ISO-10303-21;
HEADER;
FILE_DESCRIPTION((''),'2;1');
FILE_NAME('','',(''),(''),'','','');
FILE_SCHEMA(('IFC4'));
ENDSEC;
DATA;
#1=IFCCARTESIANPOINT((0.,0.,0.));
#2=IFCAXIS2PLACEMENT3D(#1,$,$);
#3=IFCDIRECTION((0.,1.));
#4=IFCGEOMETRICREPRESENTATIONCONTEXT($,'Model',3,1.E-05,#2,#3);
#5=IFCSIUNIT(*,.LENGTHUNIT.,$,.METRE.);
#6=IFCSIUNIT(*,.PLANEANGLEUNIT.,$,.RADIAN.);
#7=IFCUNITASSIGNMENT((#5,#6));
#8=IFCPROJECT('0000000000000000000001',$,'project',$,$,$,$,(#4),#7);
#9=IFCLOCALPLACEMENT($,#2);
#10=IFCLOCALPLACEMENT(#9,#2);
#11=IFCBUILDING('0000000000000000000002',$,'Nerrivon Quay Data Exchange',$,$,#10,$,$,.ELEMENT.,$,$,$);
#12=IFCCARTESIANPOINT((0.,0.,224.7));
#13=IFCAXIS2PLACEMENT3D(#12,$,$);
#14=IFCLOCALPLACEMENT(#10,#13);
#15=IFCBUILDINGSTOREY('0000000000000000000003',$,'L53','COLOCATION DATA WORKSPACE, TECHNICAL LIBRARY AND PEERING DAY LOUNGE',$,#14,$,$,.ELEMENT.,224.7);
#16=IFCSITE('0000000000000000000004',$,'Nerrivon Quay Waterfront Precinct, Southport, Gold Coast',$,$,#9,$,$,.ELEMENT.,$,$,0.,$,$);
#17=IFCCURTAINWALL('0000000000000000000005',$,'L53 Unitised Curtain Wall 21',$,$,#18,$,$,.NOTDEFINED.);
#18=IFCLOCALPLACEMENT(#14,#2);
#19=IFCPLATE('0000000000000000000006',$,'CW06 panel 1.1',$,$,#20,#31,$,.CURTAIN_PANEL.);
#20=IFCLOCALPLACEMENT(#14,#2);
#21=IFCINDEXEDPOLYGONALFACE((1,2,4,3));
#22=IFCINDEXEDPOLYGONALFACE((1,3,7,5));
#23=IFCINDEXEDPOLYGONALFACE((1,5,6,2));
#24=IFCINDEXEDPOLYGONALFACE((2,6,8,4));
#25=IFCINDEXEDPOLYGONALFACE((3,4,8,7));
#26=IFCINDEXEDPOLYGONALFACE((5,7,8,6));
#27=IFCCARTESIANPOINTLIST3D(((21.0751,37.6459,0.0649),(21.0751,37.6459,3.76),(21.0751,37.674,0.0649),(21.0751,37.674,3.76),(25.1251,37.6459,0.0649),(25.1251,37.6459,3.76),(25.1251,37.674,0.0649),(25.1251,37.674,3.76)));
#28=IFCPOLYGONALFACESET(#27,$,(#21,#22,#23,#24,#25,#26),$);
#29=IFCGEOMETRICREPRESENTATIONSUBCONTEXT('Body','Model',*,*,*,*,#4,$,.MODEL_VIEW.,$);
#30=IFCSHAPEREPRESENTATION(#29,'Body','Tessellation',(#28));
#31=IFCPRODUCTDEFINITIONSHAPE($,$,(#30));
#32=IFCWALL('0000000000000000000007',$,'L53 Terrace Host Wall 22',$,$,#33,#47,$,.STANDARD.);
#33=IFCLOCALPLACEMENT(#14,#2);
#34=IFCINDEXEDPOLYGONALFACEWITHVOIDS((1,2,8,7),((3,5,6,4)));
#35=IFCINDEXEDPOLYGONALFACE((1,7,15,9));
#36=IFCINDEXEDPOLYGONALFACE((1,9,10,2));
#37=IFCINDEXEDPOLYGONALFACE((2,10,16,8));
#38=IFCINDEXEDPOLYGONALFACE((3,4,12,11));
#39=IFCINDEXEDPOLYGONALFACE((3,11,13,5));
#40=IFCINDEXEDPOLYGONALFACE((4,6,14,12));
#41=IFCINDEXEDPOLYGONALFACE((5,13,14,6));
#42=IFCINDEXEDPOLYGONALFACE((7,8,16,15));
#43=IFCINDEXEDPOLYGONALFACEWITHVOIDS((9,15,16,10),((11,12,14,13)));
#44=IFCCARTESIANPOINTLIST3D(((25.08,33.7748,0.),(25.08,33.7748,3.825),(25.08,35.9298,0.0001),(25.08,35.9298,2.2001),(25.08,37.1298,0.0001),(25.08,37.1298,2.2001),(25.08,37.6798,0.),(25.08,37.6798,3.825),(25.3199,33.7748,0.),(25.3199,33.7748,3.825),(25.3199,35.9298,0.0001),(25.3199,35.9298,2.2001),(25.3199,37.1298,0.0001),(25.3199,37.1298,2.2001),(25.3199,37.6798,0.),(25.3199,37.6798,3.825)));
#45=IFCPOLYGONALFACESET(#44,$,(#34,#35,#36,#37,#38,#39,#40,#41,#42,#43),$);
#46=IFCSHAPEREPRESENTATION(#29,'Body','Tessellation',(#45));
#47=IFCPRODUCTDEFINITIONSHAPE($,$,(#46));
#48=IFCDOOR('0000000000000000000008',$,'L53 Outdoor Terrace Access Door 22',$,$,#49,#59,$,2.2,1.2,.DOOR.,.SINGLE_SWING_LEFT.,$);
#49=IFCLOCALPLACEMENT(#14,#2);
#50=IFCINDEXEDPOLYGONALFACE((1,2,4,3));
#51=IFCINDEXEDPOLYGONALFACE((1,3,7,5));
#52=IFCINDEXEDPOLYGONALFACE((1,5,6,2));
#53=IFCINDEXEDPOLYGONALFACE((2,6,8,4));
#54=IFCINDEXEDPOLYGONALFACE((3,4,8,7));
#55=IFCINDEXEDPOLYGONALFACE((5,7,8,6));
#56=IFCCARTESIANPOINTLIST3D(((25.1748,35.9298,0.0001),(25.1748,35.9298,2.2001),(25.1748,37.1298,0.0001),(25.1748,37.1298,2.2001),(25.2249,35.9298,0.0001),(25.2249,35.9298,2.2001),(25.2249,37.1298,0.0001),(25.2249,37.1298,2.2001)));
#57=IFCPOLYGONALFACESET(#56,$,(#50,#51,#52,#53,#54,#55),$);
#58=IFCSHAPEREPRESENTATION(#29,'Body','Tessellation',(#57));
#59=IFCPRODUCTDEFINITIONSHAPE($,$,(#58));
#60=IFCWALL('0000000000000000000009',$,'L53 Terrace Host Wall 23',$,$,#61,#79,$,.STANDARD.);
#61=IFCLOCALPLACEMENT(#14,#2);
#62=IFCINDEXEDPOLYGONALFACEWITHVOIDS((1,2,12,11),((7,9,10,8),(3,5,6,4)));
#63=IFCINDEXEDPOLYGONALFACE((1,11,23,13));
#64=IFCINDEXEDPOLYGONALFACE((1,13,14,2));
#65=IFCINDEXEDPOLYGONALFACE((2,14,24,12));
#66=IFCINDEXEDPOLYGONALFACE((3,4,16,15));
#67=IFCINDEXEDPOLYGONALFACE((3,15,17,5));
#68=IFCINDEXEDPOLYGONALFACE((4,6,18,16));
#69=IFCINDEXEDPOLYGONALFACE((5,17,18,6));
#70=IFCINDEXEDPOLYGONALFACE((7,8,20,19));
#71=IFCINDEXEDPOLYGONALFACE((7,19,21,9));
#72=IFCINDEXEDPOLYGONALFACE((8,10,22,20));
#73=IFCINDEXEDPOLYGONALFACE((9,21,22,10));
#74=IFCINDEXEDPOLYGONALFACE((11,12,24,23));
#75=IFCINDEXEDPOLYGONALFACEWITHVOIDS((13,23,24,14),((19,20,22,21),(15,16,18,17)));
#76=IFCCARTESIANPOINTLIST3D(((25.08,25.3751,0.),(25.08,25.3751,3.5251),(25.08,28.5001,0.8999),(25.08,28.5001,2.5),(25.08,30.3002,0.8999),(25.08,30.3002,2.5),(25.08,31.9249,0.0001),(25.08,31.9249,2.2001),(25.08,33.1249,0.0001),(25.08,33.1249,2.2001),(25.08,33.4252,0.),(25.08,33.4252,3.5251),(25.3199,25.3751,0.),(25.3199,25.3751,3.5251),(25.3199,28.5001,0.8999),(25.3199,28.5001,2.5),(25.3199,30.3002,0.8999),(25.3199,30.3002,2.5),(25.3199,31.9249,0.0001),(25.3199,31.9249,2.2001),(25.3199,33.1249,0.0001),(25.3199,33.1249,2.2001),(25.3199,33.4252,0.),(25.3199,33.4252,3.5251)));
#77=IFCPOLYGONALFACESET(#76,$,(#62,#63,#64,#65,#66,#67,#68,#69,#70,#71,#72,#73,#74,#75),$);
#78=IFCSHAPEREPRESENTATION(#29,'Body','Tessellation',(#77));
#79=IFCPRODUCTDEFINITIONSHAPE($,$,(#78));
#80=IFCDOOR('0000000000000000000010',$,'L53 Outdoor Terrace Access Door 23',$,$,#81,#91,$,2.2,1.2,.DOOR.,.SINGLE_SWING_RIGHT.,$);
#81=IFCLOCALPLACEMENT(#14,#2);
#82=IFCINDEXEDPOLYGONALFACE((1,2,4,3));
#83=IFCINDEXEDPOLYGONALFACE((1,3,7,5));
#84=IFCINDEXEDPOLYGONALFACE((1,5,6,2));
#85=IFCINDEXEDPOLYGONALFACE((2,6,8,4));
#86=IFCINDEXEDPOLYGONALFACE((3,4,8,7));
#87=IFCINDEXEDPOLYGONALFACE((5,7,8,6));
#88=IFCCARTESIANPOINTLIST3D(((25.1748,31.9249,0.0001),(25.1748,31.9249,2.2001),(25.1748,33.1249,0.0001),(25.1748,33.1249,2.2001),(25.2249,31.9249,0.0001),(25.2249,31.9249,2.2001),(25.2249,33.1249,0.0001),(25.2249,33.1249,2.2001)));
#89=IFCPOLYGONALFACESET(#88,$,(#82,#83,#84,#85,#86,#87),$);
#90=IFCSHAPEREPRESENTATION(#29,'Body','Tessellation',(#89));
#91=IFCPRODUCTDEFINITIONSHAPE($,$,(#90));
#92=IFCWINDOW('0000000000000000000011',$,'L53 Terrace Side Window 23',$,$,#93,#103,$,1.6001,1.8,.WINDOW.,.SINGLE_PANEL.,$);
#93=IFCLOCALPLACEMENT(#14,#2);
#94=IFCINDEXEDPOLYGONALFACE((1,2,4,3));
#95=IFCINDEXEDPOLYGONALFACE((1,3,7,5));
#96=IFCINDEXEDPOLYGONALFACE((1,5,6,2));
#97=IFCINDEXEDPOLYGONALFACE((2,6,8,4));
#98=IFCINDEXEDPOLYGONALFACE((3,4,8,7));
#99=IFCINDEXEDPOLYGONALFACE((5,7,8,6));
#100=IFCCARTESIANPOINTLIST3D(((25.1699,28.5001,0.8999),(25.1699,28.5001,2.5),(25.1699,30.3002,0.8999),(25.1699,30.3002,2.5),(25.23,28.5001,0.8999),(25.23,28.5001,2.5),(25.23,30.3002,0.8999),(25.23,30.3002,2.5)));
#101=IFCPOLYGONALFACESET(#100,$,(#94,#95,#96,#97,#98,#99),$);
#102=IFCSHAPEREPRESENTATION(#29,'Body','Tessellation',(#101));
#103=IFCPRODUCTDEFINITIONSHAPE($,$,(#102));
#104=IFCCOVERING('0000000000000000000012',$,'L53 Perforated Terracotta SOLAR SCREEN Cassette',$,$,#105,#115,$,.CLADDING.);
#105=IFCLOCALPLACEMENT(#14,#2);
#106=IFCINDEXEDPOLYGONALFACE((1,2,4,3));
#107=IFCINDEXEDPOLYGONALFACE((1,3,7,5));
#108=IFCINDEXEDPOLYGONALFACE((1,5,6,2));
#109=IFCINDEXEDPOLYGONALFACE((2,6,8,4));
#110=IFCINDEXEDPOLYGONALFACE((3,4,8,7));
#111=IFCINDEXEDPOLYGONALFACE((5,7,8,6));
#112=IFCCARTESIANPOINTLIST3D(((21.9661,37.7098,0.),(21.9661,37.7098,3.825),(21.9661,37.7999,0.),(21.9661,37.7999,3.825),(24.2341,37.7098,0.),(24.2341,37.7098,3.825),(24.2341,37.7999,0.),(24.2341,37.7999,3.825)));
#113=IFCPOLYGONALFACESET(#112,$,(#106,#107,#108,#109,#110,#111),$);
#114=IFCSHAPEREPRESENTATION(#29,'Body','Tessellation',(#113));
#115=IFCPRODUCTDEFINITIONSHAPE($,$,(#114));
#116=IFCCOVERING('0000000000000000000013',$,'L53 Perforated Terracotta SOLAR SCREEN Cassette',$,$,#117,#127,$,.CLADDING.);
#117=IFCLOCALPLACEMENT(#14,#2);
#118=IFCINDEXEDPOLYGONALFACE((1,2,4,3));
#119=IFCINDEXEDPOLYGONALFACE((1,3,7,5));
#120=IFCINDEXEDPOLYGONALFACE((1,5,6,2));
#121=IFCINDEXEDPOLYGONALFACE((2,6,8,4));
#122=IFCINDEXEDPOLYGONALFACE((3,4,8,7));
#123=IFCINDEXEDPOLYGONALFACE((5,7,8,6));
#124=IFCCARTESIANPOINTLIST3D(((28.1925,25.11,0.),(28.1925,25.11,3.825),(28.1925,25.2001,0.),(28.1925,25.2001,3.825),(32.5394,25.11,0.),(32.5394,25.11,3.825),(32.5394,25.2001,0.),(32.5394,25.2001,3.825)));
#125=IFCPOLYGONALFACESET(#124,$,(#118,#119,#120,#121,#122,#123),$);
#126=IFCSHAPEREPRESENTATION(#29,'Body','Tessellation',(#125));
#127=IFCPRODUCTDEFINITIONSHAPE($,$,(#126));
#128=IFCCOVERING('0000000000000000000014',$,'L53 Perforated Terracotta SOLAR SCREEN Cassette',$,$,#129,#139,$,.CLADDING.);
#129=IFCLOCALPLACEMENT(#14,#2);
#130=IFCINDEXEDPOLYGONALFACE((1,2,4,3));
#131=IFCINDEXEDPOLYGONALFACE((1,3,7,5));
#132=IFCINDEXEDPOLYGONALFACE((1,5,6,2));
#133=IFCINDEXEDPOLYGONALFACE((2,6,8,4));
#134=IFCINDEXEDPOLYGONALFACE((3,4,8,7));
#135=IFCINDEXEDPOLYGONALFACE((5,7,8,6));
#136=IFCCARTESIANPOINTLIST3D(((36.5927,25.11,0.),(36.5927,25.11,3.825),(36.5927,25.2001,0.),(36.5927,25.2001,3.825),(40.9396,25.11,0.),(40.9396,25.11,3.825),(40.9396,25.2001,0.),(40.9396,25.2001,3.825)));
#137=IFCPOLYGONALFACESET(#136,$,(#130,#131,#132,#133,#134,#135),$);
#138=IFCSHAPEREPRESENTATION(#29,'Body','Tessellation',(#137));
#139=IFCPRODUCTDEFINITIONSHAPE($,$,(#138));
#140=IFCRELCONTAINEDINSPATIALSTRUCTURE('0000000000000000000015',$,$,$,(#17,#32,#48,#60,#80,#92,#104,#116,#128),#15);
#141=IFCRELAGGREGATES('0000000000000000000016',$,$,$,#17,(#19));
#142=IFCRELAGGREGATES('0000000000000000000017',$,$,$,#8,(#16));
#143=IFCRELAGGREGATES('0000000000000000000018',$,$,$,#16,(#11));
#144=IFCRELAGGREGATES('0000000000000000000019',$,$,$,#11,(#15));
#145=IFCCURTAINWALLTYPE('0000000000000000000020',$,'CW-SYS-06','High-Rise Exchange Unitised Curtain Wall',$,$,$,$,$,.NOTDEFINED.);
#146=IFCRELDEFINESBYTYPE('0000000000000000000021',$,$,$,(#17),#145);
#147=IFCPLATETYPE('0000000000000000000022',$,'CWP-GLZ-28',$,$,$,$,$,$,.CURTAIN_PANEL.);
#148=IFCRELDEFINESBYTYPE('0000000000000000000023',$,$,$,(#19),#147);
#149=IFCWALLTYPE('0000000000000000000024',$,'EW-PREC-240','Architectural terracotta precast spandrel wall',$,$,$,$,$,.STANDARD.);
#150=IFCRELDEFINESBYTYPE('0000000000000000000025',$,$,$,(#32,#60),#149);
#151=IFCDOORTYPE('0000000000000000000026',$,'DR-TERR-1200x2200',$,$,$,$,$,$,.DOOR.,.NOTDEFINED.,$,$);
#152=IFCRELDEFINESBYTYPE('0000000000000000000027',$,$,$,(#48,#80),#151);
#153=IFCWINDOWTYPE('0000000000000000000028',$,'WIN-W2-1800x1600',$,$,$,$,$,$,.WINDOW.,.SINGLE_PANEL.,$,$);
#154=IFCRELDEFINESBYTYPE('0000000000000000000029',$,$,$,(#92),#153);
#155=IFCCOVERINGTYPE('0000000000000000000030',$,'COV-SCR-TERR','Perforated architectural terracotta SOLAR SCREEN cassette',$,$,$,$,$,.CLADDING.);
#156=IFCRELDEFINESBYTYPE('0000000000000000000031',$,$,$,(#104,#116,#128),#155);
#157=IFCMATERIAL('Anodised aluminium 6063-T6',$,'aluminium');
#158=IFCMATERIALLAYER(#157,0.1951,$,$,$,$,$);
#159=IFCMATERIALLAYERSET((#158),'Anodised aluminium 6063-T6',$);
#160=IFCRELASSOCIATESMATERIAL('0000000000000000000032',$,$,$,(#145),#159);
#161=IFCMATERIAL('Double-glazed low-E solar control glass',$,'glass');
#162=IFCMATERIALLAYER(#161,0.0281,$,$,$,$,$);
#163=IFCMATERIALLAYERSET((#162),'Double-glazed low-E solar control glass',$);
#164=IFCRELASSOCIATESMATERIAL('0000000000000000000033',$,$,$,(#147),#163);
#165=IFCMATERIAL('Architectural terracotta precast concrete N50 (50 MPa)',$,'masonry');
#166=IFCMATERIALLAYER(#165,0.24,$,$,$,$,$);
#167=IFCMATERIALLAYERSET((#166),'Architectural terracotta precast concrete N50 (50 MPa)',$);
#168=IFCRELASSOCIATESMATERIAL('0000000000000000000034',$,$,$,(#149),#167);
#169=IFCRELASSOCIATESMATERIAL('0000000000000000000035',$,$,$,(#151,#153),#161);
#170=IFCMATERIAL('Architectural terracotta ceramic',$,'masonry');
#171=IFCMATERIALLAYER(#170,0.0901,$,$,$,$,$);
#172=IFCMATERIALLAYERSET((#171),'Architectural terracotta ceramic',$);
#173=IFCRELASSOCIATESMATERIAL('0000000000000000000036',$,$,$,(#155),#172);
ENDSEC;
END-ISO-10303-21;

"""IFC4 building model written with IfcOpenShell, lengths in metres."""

from ifc_helpers import new_model, si_unit, direction, frame, frame_2d, origin, origin_2d, place, context, subcontext, project, spatial, rectangle, extrude, material, layer, layer_set, type_object, element, fill, aggregate, save


model = new_model("IFC4")

# Units and contexts
model_context = context("Model", 3, precision=1e-05, world=origin(), true_north=direction((0.0, 1.0)))
body_context = subcontext(model_context, "Body", "Model", "MODEL_VIEW")
ifc_project = project(units=[si_unit("LENGTHUNIT", "METRE"), si_unit("PLANEANGLEUNIT", "RADIAN")], contexts=[model_context])

# Site, building, storey
site_placement = place(None, origin())
site = spatial("IfcSite", under=ifc_project, at=site_placement, Name="Nerrivon Quay Waterfront Precinct, Southport, Gold Coast", CompositionType="ELEMENT", RefElevation=0.0)
building_placement = place(site_placement, origin())
building = spatial("IfcBuilding", under=site, at=building_placement, Name="Nerrivon Quay Data Exchange", CompositionType="ELEMENT")
storey_placement = place(building_placement, frame((0.0, 0.0, 224.7)))
storey = spatial("IfcBuildingStorey", under=building, at=storey_placement, Name="L53", Description="COLOCATION DATA WORKSPACE, TECHNICAL LIBRARY AND PEERING DAY LOUNGE", CompositionType="ELEMENT", Elevation=224.7)

# Curtain wall, plate
ifc_material_1 = material(Name="Anodised aluminium 6063-T6", Category="aluminium")
ifc_layer_1 = layer(ifc_material_1, 0.1951)
ifc_layer_set_1 = layer_set([ifc_layer_1], Name="Anodised aluminium 6063-T6")
curtain_wall_type = type_object("IfcCurtainWallType", Name="CW-SYS-06", Description="High-Rise Exchange Unitised Curtain Wall", PredefinedType="NOTDEFINED", material=ifc_layer_set_1)
curtain_wall_placement = place(storey_placement, origin())
curtain_wall = element("IfcCurtainWall", 1, at=curtain_wall_placement, inside=storey, type_object=curtain_wall_type, Name="L53 Unitised Curtain Wall 21", PredefinedType="NOTDEFINED")
ifc_material_2 = material(Name="Double-glazed low-E solar control glass", Category="glass")
ifc_layer_2 = layer(ifc_material_2, 0.0281)
ifc_layer_set_2 = layer_set([ifc_layer_2], Name="Double-glazed low-E solar control glass")
plate_type = type_object("IfcPlateType", Name="CWP-GLZ-28", PredefinedType="CURTAIN_PANEL", material=ifc_layer_set_2)
plate_placement = place(storey_placement, frame((23.1001, 37.6599, 0.0649), z_axis=(0.0, 0.0, 1.0), x_axis=(1.0, 0.0, 0.0)))
plate = element("IfcPlate", 2, at=plate_placement, type_object=plate_type, Name="CW06 panel 1.1", PredefinedType="CURTAIN_PANEL", context=body_context, shape_type="SweptSolid", body=[
    extrude(rectangle(XDim=4.05, YDim=0.0281, at=origin_2d()), origin(), (0.0, 0.0, 1.0), 3.6951),
])
aggregate(curtain_wall, [plate])

# Wall, opening, door
ifc_material_3 = material(Name="Architectural terracotta precast concrete N50 (50 MPa)", Category="masonry")
ifc_layer_3 = layer(ifc_material_3, 0.24)
ifc_layer_set_3 = layer_set([ifc_layer_3], Name="Architectural terracotta precast concrete N50 (50 MPa)")
wall_type = type_object("IfcWallType", Name="EW-PREC-240", Description="Architectural terracotta precast spandrel wall", PredefinedType="STANDARD", material=ifc_layer_set_3)
wall_1_placement = place(storey_placement, frame((25.2, 37.6799, 0.0), z_axis=(0.0, 0.0, 1.0), x_axis=(0.0, -1.0, 0.0)))
wall_1 = element("IfcWall", 3, at=wall_1_placement, inside=storey, type_object=wall_type, Name="L53 Terrace Host Wall 22", PredefinedType="STANDARD", context=body_context, shape_type="SweptSolid", body=[
    extrude(rectangle(XDim=3.905, YDim=0.24, at=frame_2d((1.9526, 0.0))), origin(), (0.0, 0.0, 1.0), 3.825),
])
opening_1_placement = place(wall_1_placement, frame((0.55, 0.0, 0.0)))
opening_1 = element("IfcOpeningElement", 4, at=opening_1_placement, cuts=wall_1, PredefinedType="OPENING", context=body_context, shape_type="SweptSolid", body=[
    extrude(rectangle(XDim=1.2, YDim=2.2, at=frame_2d((0.6001, 1.1001))), frame((0.0, 0.1299, 0.0), z_axis=(0.0, -1.0, 0.0), x_axis=(1.0, 0.0, 0.0)), (0.0, 0.0, 1.0), 0.26),
])
door_type = type_object("IfcDoorType", Name="DR-TERR-1200x2200", OperationType="NOTDEFINED", PredefinedType="DOOR", material=ifc_material_2)
door_1_placement = place(opening_1_placement, origin())
door_1 = element("IfcDoor", 5, at=door_1_placement, inside=storey, type_object=door_type, Name="L53 Outdoor Terrace Access Door 22", OperationType="SINGLE_SWING_LEFT", OverallHeight=2.2, OverallWidth=1.2, PredefinedType="DOOR", context=body_context, shape_type="SweptSolid", body=[
    extrude(rectangle(XDim=1.2, YDim=2.2, at=frame_2d((0.6001, 1.1001))), frame((0.0, 0.0249, 0.0), z_axis=(0.0, -1.0, 0.0), x_axis=(1.0, 0.0, 0.0)), (0.0, 0.0, 1.0), 0.05),
])
fill(opening_1, door_1)

# Wall, openings, door, window
wall_2_placement = place(storey_placement, frame((25.2, 33.425, 0.0), z_axis=(0.0, 0.0, 1.0), x_axis=(0.0, -1.0, 0.0)))
wall_2 = element("IfcWall", 6, at=wall_2_placement, inside=storey, type_object=wall_type, Name="L53 Terrace Host Wall 23", PredefinedType="STANDARD", context=body_context, shape_type="SweptSolid", body=[
    extrude(rectangle(XDim=8.05, YDim=0.24, at=frame_2d((4.0249, 0.0))), origin(), (0.0, 0.0, 1.0), 3.5251),
])
opening_2_placement = place(wall_2_placement, frame((0.3, 0.0, 0.0)))
opening_2 = element("IfcOpeningElement", 7, at=opening_2_placement, cuts=wall_2, PredefinedType="OPENING", context=body_context, shape_type="SweptSolid", body=[
    extrude(rectangle(XDim=1.2, YDim=2.2, at=frame_2d((0.6001, 1.1001))), frame((0.0, 0.1299, 0.0), z_axis=(0.0, -1.0, 0.0), x_axis=(1.0, 0.0, 0.0)), (0.0, 0.0, 1.0), 0.26),
])
opening_3_placement = place(wall_2_placement, frame((3.125, 0.0, 0.8999)))
opening_3 = element("IfcOpeningElement", 8, at=opening_3_placement, cuts=wall_2, PredefinedType="OPENING", context=body_context, shape_type="SweptSolid", body=[
    extrude(rectangle(XDim=1.8, YDim=1.6001, at=frame_2d((0.8999, 0.8))), frame((0.0, 0.1299, 0.0), z_axis=(0.0, -1.0, 0.0), x_axis=(1.0, 0.0, 0.0)), (0.0, 0.0, 1.0), 0.26),
])
door_2_placement = place(opening_2_placement, origin())
door_2 = element("IfcDoor", 9, at=door_2_placement, inside=storey, type_object=door_type, Name="L53 Outdoor Terrace Access Door 23", OperationType="SINGLE_SWING_RIGHT", OverallHeight=2.2, OverallWidth=1.2, PredefinedType="DOOR", context=body_context, shape_type="SweptSolid", body=[
    extrude(rectangle(XDim=1.2, YDim=2.2, at=frame_2d((0.6001, 1.1001))), frame((0.0, 0.0249, 0.0), z_axis=(0.0, -1.0, 0.0), x_axis=(1.0, 0.0, 0.0)), (0.0, 0.0, 1.0), 0.05),
])
fill(opening_2, door_2)
window_type = type_object("IfcWindowType", Name="WIN-W2-1800x1600", PartitioningType="SINGLE_PANEL", PredefinedType="WINDOW", material=ifc_material_2)
window_placement = place(opening_3_placement, origin())
window = element("IfcWindow", 10, at=window_placement, inside=storey, type_object=window_type, Name="L53 Terrace Side Window 23", OverallHeight=1.6001, OverallWidth=1.8, PartitioningType="SINGLE_PANEL", PredefinedType="WINDOW", context=body_context, shape_type="SweptSolid", body=[
    extrude(rectangle(XDim=1.8, YDim=1.6001, at=frame_2d((0.8999, 0.8))), frame((0.0, 0.03, 0.0), z_axis=(0.0, -1.0, 0.0), x_axis=(1.0, 0.0, 0.0)), (0.0, 0.0, 1.0), 0.0601),
])
fill(opening_3, window)

# Coverings
ifc_material_4 = material(Name="Architectural terracotta ceramic", Category="masonry")
ifc_layer_4 = layer(ifc_material_4, 0.0901)
ifc_layer_set_4 = layer_set([ifc_layer_4], Name="Architectural terracotta ceramic")
covering_type = type_object("IfcCoveringType", Name="COV-SCR-TERR", Description="Perforated architectural terracotta SOLAR SCREEN cassette", PredefinedType="CLADDING", material=ifc_layer_set_4)
covering_placement = place(storey_placement, frame((23.1001, 37.7549, 0.0), z_axis=(0.0, 0.0, 1.0), x_axis=(1.0, 0.0, 0.0)))
element("IfcCovering", 11, at=covering_placement, inside=storey, type_object=covering_type, Name="L53 Perforated Terracotta SOLAR SCREEN Cassette", PredefinedType="CLADDING", context=body_context, shape_type="SweptSolid", body=[
    extrude(rectangle(XDim=2.2681, YDim=0.0901, at=origin_2d()), origin(), (0.0, 0.0, 1.0), 3.825),
])
for number, where, z_axis, x_axis, name in (
    (12, (30.366, 25.155, 0.0), (0.0, 0.0, 1.0), (1.0, 0.0, 0.0), "L53 Perforated Terracotta SOLAR SCREEN Cassette"),
    (13, (38.7661, 25.155, 0.0), (0.0, 0.0, 1.0), (1.0, 0.0, 0.0), "L53 Perforated Terracotta SOLAR SCREEN Cassette"),
):
    element("IfcCovering", number, at=place(storey_placement, frame(where, z_axis=z_axis, x_axis=x_axis)), inside=storey, type_object=covering_type, Name=name, PredefinedType="CLADDING", context=body_context, shape_type="SweptSolid", body=[
        extrude(rectangle(XDim=4.3469, YDim=0.0901, at=origin_2d()), origin(), (0.0, 0.0, 1.0), 3.825),
    ])

save(model, "model.ifc")
